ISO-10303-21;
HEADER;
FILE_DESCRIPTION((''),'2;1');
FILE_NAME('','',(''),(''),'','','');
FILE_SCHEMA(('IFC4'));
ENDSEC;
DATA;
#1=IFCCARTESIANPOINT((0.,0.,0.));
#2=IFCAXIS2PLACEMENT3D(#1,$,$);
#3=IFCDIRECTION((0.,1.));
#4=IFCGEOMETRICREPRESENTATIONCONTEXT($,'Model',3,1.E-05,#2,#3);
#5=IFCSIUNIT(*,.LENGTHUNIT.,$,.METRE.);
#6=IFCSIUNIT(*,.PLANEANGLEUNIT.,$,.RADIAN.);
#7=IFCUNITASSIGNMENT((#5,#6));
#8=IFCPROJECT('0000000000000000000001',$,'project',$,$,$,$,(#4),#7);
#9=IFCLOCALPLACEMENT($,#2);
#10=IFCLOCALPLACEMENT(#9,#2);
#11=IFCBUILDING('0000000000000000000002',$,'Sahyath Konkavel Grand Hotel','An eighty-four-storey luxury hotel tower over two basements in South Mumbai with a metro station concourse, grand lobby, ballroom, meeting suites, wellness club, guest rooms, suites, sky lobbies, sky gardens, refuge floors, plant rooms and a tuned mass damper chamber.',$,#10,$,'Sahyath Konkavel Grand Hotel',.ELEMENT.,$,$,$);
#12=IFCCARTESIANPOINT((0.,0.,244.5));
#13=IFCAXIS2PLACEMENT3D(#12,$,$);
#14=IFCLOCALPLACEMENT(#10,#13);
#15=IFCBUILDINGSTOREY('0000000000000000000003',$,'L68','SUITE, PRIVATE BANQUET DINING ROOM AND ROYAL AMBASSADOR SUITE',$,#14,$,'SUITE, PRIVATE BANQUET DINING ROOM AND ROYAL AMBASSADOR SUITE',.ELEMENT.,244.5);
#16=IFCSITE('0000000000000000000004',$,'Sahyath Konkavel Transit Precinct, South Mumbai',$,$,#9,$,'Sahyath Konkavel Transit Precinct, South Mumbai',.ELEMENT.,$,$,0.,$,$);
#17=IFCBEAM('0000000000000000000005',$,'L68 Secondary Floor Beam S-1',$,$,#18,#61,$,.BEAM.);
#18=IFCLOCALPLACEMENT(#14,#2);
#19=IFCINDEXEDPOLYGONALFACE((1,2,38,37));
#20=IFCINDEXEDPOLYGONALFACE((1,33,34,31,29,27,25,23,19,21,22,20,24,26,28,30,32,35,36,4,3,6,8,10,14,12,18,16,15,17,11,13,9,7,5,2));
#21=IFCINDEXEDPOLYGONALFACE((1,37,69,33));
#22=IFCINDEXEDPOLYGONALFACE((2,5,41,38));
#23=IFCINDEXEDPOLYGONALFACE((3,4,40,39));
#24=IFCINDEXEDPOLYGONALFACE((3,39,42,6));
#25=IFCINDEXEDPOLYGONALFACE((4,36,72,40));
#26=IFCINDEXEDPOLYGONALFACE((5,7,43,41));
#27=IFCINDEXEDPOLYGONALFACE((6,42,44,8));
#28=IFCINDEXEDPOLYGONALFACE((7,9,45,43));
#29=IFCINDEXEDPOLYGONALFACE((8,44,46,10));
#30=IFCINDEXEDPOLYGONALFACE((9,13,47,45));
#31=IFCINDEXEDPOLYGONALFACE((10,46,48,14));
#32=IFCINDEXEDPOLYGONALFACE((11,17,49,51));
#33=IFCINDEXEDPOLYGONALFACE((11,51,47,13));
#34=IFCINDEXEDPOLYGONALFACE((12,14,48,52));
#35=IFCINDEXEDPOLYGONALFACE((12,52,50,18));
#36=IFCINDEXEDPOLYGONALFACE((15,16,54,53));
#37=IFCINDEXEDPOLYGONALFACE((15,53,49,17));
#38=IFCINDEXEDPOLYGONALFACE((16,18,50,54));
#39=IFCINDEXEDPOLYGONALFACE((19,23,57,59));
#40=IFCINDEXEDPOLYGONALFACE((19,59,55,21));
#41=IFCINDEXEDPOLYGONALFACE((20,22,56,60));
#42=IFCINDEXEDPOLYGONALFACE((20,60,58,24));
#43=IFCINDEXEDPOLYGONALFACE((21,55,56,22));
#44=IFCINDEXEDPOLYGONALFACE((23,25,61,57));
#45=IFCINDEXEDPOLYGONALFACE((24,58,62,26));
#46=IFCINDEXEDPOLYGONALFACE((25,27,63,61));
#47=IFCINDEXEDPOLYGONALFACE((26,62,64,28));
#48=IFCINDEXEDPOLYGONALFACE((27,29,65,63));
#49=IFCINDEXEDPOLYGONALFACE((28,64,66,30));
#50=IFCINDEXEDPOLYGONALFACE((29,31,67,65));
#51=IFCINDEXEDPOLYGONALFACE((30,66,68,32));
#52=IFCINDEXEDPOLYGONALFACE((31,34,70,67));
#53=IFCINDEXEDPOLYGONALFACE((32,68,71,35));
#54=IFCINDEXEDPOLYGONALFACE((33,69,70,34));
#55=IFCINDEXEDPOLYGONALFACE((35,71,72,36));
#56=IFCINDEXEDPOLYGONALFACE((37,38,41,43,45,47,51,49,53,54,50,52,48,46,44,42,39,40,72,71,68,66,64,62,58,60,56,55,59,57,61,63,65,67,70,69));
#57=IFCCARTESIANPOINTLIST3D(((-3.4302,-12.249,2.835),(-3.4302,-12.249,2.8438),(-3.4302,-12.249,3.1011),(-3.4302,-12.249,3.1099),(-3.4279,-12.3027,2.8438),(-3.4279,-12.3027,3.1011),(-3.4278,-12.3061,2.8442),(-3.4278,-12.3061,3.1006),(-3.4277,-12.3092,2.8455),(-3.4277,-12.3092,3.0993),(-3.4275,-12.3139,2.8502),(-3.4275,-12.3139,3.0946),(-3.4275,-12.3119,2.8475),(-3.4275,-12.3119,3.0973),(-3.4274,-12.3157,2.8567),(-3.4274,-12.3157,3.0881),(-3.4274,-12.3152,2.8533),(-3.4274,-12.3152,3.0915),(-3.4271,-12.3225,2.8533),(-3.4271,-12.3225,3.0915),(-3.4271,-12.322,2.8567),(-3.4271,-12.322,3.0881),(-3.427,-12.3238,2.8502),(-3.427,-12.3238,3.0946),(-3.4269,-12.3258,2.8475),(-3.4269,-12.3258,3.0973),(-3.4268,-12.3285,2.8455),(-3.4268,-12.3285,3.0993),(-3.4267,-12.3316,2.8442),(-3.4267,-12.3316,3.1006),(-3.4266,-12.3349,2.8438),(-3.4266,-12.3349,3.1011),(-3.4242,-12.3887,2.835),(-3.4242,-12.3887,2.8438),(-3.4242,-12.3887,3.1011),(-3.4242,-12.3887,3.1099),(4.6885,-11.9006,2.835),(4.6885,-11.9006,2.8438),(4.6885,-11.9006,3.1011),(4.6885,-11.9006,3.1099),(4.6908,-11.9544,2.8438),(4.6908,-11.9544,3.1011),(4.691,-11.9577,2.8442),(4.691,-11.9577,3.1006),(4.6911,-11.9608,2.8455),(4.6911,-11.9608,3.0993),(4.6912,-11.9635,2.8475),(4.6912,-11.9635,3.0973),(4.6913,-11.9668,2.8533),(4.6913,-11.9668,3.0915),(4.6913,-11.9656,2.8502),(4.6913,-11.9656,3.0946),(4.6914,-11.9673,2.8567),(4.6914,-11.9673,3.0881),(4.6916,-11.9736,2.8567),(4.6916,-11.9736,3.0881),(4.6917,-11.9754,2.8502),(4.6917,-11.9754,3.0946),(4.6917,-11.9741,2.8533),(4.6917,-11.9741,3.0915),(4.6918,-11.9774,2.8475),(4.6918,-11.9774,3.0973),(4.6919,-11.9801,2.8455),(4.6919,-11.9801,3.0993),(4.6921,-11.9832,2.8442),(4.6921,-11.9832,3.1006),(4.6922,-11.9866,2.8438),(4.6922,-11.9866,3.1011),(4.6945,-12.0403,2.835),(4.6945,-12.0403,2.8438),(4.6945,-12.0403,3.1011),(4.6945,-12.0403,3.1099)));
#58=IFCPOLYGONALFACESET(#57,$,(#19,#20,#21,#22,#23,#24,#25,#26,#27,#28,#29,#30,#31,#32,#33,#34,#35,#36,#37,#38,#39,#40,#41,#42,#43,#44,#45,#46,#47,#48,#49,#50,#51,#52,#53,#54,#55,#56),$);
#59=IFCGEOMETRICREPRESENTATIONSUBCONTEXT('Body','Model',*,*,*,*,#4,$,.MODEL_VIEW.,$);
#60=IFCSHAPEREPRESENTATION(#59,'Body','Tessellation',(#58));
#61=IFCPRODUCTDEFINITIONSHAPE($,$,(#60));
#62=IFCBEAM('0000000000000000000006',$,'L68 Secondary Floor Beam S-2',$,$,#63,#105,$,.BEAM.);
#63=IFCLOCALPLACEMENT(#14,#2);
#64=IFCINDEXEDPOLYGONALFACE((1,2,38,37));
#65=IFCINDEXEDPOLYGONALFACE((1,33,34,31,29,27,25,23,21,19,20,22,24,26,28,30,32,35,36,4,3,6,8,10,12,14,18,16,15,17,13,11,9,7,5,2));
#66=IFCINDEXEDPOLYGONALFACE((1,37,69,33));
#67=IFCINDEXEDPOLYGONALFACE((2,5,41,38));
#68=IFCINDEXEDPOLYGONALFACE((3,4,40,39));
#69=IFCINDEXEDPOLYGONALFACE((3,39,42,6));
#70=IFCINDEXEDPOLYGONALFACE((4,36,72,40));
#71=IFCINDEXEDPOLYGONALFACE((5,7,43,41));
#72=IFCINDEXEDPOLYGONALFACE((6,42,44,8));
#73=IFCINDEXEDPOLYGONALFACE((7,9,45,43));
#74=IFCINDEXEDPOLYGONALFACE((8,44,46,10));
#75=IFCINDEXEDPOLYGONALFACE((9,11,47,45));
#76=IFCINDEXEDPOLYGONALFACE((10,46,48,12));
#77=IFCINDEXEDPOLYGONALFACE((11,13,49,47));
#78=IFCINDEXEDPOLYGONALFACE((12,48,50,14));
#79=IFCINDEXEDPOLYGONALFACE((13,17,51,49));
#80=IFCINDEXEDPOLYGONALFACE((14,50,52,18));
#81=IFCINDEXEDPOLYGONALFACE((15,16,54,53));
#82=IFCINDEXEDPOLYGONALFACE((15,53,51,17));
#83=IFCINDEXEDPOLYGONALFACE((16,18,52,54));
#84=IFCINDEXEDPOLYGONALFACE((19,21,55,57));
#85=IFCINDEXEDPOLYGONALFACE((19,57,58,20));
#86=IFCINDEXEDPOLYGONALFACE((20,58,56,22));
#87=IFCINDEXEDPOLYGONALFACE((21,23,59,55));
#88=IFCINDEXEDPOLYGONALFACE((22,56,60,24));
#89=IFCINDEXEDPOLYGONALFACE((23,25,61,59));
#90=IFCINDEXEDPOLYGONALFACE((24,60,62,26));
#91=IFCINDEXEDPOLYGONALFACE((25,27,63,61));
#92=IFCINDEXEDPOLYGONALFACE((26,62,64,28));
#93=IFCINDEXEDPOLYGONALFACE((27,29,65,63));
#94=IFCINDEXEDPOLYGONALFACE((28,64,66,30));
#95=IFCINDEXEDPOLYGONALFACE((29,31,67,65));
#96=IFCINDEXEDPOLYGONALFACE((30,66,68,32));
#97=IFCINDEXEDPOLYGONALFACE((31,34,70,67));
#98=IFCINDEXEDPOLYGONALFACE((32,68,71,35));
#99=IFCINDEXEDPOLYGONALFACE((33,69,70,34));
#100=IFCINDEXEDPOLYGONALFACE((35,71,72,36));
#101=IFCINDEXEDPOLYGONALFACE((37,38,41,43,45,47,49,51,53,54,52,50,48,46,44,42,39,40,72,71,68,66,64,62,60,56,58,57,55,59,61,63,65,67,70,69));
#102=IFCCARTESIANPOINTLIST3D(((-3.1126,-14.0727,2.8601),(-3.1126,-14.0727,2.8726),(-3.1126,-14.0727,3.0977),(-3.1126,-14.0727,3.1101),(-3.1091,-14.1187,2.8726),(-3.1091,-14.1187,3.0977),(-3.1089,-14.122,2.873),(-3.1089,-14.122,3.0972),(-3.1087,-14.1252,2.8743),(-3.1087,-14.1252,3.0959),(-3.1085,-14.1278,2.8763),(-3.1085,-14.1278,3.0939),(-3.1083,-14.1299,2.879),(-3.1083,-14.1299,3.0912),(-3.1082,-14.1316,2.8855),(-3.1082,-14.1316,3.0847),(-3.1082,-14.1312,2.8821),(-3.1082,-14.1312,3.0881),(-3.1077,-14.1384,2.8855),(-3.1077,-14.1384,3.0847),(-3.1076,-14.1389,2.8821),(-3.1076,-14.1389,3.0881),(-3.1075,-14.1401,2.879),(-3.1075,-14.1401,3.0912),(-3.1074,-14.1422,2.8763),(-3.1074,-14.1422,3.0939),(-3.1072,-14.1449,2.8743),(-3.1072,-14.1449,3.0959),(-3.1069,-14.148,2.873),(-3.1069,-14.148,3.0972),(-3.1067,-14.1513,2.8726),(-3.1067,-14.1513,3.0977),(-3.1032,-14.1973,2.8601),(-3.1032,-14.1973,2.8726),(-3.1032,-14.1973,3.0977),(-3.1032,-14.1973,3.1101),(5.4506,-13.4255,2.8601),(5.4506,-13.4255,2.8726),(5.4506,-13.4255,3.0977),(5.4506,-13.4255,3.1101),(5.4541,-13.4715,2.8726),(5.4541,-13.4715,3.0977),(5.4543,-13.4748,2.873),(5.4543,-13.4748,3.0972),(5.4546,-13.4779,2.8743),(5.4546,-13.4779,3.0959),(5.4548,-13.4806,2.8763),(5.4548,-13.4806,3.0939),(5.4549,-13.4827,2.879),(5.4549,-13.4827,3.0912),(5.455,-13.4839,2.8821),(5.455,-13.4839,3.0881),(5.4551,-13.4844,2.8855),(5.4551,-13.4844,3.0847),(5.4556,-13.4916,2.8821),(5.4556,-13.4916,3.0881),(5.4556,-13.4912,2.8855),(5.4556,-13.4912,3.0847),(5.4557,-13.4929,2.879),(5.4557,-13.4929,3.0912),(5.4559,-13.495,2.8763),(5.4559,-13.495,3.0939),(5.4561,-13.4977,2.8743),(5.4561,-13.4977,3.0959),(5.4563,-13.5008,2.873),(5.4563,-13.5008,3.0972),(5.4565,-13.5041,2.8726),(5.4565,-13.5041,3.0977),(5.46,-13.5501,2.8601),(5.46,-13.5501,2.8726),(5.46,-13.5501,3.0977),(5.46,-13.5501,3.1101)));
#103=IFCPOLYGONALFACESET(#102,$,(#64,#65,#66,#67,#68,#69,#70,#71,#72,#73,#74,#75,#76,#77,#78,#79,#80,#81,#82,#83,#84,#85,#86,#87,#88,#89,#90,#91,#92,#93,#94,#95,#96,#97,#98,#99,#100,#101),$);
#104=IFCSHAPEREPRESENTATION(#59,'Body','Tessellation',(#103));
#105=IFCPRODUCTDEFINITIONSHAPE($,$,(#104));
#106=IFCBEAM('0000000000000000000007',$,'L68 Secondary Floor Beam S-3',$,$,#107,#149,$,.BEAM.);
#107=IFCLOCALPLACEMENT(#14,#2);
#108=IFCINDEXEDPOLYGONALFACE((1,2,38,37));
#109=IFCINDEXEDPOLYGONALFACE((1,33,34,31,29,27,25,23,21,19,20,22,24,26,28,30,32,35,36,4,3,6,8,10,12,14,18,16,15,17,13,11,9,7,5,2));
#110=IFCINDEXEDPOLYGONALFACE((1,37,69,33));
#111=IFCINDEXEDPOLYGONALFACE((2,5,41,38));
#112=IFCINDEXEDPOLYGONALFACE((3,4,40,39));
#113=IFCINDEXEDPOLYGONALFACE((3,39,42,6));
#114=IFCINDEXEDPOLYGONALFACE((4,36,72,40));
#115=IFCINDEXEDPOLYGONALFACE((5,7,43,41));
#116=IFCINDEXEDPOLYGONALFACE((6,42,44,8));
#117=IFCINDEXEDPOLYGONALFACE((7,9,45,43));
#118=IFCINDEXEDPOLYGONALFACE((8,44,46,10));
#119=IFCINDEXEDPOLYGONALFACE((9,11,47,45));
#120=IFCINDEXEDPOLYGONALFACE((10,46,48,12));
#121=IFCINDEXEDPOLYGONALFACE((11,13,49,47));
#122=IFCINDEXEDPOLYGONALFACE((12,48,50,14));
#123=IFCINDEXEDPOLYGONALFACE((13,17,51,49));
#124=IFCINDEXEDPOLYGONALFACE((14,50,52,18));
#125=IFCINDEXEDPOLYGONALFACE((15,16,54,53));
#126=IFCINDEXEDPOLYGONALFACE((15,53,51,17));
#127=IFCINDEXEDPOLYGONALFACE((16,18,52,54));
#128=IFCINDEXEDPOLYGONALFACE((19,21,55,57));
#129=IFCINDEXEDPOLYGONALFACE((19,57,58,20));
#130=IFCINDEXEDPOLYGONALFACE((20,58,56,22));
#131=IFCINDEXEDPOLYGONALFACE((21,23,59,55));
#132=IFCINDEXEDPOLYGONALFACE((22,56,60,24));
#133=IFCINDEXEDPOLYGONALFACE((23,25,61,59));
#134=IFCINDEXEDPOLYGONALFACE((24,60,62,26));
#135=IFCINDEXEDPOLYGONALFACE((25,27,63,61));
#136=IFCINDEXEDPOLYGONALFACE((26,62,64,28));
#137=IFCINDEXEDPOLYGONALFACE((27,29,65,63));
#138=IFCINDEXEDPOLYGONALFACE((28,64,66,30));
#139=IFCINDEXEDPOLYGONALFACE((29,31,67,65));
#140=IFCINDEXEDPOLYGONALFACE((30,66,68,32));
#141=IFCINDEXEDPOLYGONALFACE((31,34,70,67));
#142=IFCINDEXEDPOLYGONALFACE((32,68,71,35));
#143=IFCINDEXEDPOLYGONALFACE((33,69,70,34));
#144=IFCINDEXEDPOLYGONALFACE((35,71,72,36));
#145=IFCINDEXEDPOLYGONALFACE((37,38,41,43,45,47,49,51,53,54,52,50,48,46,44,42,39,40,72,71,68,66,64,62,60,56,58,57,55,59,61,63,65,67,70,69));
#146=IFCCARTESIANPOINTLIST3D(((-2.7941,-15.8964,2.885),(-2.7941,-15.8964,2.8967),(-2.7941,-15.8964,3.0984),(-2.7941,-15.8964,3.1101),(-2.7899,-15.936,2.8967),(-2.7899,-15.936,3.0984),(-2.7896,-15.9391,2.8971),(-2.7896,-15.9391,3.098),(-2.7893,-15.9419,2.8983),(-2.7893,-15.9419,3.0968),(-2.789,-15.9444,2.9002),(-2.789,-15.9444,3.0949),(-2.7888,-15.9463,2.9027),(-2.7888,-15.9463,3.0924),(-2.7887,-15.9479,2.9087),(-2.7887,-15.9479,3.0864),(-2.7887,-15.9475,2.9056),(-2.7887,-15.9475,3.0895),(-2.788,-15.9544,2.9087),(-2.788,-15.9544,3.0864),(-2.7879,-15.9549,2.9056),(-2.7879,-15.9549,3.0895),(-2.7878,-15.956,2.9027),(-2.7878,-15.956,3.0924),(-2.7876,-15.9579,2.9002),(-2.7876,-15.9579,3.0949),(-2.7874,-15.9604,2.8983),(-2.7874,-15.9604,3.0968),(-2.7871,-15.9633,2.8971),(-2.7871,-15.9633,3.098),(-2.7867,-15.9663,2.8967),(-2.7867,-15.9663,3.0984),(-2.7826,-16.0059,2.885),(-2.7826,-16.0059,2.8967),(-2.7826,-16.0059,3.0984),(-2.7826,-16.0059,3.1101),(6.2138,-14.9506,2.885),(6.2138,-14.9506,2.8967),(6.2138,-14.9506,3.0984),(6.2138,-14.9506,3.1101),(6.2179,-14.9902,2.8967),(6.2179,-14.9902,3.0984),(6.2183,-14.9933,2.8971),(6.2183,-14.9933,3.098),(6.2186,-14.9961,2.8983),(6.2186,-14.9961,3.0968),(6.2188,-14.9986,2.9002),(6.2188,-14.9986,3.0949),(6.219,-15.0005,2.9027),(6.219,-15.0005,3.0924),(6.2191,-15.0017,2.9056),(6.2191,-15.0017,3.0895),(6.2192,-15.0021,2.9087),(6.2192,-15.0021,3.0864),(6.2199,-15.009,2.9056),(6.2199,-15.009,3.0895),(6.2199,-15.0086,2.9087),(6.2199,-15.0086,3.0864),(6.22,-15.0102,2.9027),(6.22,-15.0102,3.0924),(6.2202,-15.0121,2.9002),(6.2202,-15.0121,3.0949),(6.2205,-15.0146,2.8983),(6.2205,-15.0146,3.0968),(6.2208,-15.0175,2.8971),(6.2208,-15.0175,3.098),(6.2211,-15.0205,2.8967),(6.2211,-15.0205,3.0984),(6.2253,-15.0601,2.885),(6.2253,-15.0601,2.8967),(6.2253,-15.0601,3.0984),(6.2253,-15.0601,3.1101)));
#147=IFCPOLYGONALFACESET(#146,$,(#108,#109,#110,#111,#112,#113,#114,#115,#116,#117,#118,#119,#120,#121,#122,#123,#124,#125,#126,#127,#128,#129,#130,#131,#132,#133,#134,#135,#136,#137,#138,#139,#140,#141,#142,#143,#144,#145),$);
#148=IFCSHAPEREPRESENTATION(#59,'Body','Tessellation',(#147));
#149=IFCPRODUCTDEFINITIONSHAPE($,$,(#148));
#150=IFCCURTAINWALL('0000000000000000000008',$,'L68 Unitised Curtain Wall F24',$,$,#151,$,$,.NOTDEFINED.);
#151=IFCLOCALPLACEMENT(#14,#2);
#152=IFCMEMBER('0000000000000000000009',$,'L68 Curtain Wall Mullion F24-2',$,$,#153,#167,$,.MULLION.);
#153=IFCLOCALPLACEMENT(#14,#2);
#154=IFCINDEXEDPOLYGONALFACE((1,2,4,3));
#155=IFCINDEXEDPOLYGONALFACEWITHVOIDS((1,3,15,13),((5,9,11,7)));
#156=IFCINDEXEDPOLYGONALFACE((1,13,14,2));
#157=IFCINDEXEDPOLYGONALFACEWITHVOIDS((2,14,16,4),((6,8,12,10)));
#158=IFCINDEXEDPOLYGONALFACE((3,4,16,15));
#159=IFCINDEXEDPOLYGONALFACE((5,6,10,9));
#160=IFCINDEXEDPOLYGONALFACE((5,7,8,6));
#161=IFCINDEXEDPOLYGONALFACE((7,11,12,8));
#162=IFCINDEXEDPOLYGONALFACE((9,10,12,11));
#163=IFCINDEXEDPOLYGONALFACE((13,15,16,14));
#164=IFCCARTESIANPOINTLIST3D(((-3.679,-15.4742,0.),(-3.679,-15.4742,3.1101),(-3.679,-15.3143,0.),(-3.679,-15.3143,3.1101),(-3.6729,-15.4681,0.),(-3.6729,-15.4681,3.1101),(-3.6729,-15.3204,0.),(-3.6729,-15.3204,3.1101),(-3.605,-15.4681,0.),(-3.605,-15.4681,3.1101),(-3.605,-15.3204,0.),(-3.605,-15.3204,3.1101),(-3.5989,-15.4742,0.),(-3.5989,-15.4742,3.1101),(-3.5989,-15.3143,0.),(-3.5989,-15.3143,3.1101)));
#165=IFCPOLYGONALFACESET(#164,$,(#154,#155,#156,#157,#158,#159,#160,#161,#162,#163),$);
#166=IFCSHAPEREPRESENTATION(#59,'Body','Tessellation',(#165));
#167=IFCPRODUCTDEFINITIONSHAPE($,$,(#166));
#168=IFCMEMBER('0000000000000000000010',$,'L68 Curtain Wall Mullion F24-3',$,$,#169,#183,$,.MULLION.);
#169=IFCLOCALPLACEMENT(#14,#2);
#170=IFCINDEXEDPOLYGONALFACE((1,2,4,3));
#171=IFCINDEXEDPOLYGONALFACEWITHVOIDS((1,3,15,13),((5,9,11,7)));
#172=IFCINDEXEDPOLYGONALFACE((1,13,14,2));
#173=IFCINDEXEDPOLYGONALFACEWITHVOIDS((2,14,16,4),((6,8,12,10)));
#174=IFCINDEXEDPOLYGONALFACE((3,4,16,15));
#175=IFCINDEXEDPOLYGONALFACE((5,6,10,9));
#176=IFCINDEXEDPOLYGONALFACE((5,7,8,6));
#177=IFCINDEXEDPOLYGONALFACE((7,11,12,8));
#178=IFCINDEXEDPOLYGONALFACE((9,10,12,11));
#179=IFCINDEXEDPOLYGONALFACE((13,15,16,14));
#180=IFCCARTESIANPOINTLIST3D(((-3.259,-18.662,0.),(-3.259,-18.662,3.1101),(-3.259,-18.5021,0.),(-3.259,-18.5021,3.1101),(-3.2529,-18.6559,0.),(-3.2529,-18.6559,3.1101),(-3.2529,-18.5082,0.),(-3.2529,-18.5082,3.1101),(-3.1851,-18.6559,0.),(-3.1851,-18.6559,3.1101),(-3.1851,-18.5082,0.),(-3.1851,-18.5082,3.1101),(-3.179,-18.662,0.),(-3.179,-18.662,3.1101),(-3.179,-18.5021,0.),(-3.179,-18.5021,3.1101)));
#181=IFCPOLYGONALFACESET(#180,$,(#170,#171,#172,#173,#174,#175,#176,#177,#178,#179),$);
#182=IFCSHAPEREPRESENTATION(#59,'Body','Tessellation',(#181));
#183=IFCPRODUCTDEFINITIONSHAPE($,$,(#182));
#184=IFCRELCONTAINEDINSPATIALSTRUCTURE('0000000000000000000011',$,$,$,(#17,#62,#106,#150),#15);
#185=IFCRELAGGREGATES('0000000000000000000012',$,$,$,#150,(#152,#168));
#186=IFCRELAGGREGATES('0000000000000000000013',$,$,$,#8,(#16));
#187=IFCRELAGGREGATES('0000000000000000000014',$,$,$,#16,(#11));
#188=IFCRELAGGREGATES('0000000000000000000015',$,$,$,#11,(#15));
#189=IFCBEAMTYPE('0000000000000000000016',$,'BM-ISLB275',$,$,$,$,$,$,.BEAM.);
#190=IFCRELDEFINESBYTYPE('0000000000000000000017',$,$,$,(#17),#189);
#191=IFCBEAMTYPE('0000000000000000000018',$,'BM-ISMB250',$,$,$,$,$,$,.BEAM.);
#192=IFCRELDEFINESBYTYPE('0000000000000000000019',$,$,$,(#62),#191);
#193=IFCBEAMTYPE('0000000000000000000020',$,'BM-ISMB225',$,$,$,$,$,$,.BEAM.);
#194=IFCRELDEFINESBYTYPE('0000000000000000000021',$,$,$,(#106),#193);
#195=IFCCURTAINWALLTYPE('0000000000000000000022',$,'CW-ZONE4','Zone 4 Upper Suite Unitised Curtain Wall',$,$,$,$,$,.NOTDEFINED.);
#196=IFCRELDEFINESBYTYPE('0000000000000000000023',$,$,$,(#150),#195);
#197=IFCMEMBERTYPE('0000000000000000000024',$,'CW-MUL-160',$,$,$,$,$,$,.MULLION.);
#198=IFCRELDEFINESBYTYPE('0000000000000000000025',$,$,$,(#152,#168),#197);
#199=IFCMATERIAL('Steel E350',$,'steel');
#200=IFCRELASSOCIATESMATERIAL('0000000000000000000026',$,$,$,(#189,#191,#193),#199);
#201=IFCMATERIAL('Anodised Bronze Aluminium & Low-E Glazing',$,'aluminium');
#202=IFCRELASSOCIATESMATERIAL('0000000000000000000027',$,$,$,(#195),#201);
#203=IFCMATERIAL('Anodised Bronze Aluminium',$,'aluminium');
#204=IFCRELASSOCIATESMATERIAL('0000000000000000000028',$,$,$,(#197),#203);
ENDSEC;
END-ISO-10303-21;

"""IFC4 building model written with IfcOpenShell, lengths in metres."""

from ifc_helpers import new_model, si_unit, direction, frame, origin, origin_2d, place, context, subcontext, project, spatial, hollow_rectangle, i_section, extrude, source, transform, mapped, material, material_profile, profile_set, type_object, element, aggregate, save


model = new_model("IFC4")

# Units and contexts
model_context = context("Model", 3, precision=1e-05, world=origin(), true_north=direction((0.0, 1.0)))
body_context = subcontext(model_context, "Body", "Model", "MODEL_VIEW")
ifc_project = project(units=[si_unit("LENGTHUNIT", "METRE"), si_unit("PLANEANGLEUNIT", "RADIAN")], contexts=[model_context])

# Site, building, storey
site_placement = place(None, origin())
site = spatial("IfcSite", under=ifc_project, at=site_placement, Name="Sahyath Konkavel Transit Precinct, South Mumbai", LongName="Sahyath Konkavel Transit Precinct, South Mumbai", CompositionType="ELEMENT", RefElevation=0.0)
building_placement = place(site_placement, origin())
building = spatial("IfcBuilding", under=site, at=building_placement, Name="Sahyath Konkavel Grand Hotel", Description="An eighty-four-storey luxury hotel tower over two basements in South Mumbai with a metro station concourse, grand lobby, ballroom, meeting suites, wellness club, guest rooms, suites, sky lobbies, sky gardens, refuge floors, plant rooms and a tuned mass damper chamber.", LongName="Sahyath Konkavel Grand Hotel", CompositionType="ELEMENT")
storey_placement = place(building_placement, frame((0.0, 0.0, 244.5)))
storey = spatial("IfcBuildingStorey", under=building, at=storey_placement, Name="L68", Description="SUITE, PRIVATE BANQUET DINING ROOM AND ROYAL AMBASSADOR SUITE", LongName="SUITE, PRIVATE BANQUET DINING ROOM AND ROYAL AMBASSADOR SUITE", CompositionType="ELEMENT", Elevation=244.5)

# Beams
ifc_material_1 = material(Name="Steel E350", Category="steel")
ifc_material_profile_1 = material_profile(ifc_material_1, i_section(OverallWidth=0.1399, OverallDepth=0.2749, WebThickness=0.0063, FlangeThickness=0.0088, FilletRadius=0.0129, at=origin_2d()), Name="ISLB 275")
ifc_profile_set_1 = profile_set([ifc_material_profile_1], Name="Steel E350")
beam_type_1 = type_object("IfcBeamType", Name="BM-ISLB275", PredefinedType="BEAM", material=ifc_profile_set_1)
shared_shape_1 = source(origin(), body_context, "Body", "SweptSolid", [
    extrude(i_section(OverallWidth=0.1399, OverallDepth=0.2749, WebThickness=0.0063, FlangeThickness=0.0088, FilletRadius=0.0129, at=origin_2d()), origin(), (0.0, 0.0, 1.0), 8.1262),
])
beam_1_placement = place(storey_placement, frame((-3.4272, -12.3188, 2.9724), z_axis=(0.999081, 0.042873, 0.0), x_axis=(-0.042873, 0.999081, 0.0)))
element("IfcBeam", 1, at=beam_1_placement, inside=storey, type_object=beam_type_1, Name="L68 Secondary Floor Beam S-1", PredefinedType="BEAM", context=body_context, shape_type="MappedRepresentation", body=[
    mapped(shared_shape_1, transform((0.0, 0.0, 0.0), scale=1.0)),
])
ifc_material_profile_2 = material_profile(ifc_material_1, i_section(OverallWidth=0.125, OverallDepth=0.25, WebThickness=0.0068, FlangeThickness=0.0125, FilletRadius=0.0129, at=origin_2d()), Name="ISMB 250")
ifc_profile_set_2 = profile_set([ifc_material_profile_2], Name="Steel E350")
beam_type_2 = type_object("IfcBeamType", Name="BM-ISMB250", PredefinedType="BEAM", material=ifc_profile_set_2)
shared_shape_2 = source(origin(), body_context, "Body", "SweptSolid", [
    extrude(i_section(OverallWidth=0.125, OverallDepth=0.25, WebThickness=0.0068, FlangeThickness=0.0125, FilletRadius=0.0129, at=origin_2d()), origin(), (0.0, 0.0, 1.0), 8.5876),
])
beam_2_placement = place(storey_placement, frame((-3.1079, -14.135, 2.9851), z_axis=(0.997156, 0.075366, 0.0), x_axis=(-0.075366, 0.997156, 0.0)))
element("IfcBeam", 2, at=beam_2_placement, inside=storey, type_object=beam_type_2, Name="L68 Secondary Floor Beam S-2", PredefinedType="BEAM", context=body_context, shape_type="MappedRepresentation", body=[
    mapped(shared_shape_2, transform((0.0, 0.0, 0.0), scale=1.0)),
])
ifc_material_profile_3 = material_profile(ifc_material_1, i_section(OverallWidth=0.1101, OverallDepth=0.2251, WebThickness=0.0066, FlangeThickness=0.0117, FilletRadius=0.012, at=origin_2d()), Name="ISMB 225")
ifc_profile_set_3 = profile_set([ifc_material_profile_3], Name="Steel E350")
beam_type_3 = type_object("IfcBeamType", Name="BM-ISMB225", PredefinedType="BEAM", material=ifc_profile_set_3)
shared_shape_3 = source(origin(), body_context, "Body", "SweptSolid", [
    extrude(i_section(OverallWidth=0.1101, OverallDepth=0.2251, WebThickness=0.0066, FlangeThickness=0.0117, FilletRadius=0.012, at=origin_2d()), origin(), (0.0, 0.0, 1.0), 9.0574),
])
beam_3_placement = place(storey_placement, frame((-2.7883, -15.9512, 2.9976), z_axis=(0.994533, 0.104424, 0.0), x_axis=(-0.104424, 0.994533, 0.0)))
element("IfcBeam", 3, at=beam_3_placement, inside=storey, type_object=beam_type_3, Name="L68 Secondary Floor Beam S-3", PredefinedType="BEAM", context=body_context, shape_type="MappedRepresentation", body=[
    mapped(shared_shape_3, transform((0.0, 0.0, 0.0), scale=1.0)),
])

# Curtain wall, members
ifc_material_2 = material(Name="Anodised Bronze Aluminium & Low-E Glazing", Category="aluminium")
curtain_wall_type = type_object("IfcCurtainWallType", Name="CW-ZONE4", Description="Zone 4 Upper Suite Unitised Curtain Wall", PredefinedType="NOTDEFINED", material=ifc_material_2)
curtain_wall_1_placement = place(storey_placement, origin())
curtain_wall_1 = element("IfcCurtainWall", 4, at=curtain_wall_1_placement, inside=storey, type_object=curtain_wall_type, Name="L68 Unitised Curtain Wall F24", PredefinedType="NOTDEFINED")
ifc_material_3 = material(Name="Anodised Bronze Aluminium", Category="aluminium")
ifc_material_profile_4 = material_profile(ifc_material_3, hollow_rectangle(XDim=0.0801, YDim=0.1599, WallThickness=0.0061, at=origin_2d()), Name="RHS 160x80x6")
ifc_profile_set_4 = profile_set([ifc_material_profile_4], Name="Anodised Bronze Aluminium")
member_type_1 = type_object("IfcMemberType", Name="CW-MUL-160", PredefinedType="MULLION", material=ifc_profile_set_4)
shared_shape_4 = source(origin(), body_context, "Body", "SweptSolid", [
    extrude(hollow_rectangle(XDim=0.0801, YDim=0.1599, WallThickness=0.0061, at=origin_2d()), origin(), (0.0, 0.0, 1.0), 3.1101),
])
member_1_placement = place(storey_placement, frame((-3.6389, -15.3943, 0.0), z_axis=(0.0, 0.0, 1.0), x_axis=(1.0, 0.0, 0.0)))
member_1 = element("IfcMember", 5, at=member_1_placement, type_object=member_type_1, Name="L68 Curtain Wall Mullion F24-2", PredefinedType="MULLION", context=body_context, shape_type="MappedRepresentation", body=[
    mapped(shared_shape_4, transform((0.0, 0.0, 0.0), scale=1.0)),
])
member_2_placement = place(storey_placement, frame((-3.219, -18.582, 0.0), z_axis=(0.0, 0.0, 1.0), x_axis=(1.0, 0.0, 0.0)))
member_2 = element("IfcMember", 6, at=member_2_placement, type_object=member_type_1, Name="L68 Curtain Wall Mullion F24-3", PredefinedType="MULLION", context=body_context, shape_type="MappedRepresentation", body=[
    mapped(shared_shape_4, transform((0.0, 0.0, 0.0), scale=1.0)),
])

aggregate(curtain_wall_1, [member_1, member_2])

save(model, "model.ifc")
